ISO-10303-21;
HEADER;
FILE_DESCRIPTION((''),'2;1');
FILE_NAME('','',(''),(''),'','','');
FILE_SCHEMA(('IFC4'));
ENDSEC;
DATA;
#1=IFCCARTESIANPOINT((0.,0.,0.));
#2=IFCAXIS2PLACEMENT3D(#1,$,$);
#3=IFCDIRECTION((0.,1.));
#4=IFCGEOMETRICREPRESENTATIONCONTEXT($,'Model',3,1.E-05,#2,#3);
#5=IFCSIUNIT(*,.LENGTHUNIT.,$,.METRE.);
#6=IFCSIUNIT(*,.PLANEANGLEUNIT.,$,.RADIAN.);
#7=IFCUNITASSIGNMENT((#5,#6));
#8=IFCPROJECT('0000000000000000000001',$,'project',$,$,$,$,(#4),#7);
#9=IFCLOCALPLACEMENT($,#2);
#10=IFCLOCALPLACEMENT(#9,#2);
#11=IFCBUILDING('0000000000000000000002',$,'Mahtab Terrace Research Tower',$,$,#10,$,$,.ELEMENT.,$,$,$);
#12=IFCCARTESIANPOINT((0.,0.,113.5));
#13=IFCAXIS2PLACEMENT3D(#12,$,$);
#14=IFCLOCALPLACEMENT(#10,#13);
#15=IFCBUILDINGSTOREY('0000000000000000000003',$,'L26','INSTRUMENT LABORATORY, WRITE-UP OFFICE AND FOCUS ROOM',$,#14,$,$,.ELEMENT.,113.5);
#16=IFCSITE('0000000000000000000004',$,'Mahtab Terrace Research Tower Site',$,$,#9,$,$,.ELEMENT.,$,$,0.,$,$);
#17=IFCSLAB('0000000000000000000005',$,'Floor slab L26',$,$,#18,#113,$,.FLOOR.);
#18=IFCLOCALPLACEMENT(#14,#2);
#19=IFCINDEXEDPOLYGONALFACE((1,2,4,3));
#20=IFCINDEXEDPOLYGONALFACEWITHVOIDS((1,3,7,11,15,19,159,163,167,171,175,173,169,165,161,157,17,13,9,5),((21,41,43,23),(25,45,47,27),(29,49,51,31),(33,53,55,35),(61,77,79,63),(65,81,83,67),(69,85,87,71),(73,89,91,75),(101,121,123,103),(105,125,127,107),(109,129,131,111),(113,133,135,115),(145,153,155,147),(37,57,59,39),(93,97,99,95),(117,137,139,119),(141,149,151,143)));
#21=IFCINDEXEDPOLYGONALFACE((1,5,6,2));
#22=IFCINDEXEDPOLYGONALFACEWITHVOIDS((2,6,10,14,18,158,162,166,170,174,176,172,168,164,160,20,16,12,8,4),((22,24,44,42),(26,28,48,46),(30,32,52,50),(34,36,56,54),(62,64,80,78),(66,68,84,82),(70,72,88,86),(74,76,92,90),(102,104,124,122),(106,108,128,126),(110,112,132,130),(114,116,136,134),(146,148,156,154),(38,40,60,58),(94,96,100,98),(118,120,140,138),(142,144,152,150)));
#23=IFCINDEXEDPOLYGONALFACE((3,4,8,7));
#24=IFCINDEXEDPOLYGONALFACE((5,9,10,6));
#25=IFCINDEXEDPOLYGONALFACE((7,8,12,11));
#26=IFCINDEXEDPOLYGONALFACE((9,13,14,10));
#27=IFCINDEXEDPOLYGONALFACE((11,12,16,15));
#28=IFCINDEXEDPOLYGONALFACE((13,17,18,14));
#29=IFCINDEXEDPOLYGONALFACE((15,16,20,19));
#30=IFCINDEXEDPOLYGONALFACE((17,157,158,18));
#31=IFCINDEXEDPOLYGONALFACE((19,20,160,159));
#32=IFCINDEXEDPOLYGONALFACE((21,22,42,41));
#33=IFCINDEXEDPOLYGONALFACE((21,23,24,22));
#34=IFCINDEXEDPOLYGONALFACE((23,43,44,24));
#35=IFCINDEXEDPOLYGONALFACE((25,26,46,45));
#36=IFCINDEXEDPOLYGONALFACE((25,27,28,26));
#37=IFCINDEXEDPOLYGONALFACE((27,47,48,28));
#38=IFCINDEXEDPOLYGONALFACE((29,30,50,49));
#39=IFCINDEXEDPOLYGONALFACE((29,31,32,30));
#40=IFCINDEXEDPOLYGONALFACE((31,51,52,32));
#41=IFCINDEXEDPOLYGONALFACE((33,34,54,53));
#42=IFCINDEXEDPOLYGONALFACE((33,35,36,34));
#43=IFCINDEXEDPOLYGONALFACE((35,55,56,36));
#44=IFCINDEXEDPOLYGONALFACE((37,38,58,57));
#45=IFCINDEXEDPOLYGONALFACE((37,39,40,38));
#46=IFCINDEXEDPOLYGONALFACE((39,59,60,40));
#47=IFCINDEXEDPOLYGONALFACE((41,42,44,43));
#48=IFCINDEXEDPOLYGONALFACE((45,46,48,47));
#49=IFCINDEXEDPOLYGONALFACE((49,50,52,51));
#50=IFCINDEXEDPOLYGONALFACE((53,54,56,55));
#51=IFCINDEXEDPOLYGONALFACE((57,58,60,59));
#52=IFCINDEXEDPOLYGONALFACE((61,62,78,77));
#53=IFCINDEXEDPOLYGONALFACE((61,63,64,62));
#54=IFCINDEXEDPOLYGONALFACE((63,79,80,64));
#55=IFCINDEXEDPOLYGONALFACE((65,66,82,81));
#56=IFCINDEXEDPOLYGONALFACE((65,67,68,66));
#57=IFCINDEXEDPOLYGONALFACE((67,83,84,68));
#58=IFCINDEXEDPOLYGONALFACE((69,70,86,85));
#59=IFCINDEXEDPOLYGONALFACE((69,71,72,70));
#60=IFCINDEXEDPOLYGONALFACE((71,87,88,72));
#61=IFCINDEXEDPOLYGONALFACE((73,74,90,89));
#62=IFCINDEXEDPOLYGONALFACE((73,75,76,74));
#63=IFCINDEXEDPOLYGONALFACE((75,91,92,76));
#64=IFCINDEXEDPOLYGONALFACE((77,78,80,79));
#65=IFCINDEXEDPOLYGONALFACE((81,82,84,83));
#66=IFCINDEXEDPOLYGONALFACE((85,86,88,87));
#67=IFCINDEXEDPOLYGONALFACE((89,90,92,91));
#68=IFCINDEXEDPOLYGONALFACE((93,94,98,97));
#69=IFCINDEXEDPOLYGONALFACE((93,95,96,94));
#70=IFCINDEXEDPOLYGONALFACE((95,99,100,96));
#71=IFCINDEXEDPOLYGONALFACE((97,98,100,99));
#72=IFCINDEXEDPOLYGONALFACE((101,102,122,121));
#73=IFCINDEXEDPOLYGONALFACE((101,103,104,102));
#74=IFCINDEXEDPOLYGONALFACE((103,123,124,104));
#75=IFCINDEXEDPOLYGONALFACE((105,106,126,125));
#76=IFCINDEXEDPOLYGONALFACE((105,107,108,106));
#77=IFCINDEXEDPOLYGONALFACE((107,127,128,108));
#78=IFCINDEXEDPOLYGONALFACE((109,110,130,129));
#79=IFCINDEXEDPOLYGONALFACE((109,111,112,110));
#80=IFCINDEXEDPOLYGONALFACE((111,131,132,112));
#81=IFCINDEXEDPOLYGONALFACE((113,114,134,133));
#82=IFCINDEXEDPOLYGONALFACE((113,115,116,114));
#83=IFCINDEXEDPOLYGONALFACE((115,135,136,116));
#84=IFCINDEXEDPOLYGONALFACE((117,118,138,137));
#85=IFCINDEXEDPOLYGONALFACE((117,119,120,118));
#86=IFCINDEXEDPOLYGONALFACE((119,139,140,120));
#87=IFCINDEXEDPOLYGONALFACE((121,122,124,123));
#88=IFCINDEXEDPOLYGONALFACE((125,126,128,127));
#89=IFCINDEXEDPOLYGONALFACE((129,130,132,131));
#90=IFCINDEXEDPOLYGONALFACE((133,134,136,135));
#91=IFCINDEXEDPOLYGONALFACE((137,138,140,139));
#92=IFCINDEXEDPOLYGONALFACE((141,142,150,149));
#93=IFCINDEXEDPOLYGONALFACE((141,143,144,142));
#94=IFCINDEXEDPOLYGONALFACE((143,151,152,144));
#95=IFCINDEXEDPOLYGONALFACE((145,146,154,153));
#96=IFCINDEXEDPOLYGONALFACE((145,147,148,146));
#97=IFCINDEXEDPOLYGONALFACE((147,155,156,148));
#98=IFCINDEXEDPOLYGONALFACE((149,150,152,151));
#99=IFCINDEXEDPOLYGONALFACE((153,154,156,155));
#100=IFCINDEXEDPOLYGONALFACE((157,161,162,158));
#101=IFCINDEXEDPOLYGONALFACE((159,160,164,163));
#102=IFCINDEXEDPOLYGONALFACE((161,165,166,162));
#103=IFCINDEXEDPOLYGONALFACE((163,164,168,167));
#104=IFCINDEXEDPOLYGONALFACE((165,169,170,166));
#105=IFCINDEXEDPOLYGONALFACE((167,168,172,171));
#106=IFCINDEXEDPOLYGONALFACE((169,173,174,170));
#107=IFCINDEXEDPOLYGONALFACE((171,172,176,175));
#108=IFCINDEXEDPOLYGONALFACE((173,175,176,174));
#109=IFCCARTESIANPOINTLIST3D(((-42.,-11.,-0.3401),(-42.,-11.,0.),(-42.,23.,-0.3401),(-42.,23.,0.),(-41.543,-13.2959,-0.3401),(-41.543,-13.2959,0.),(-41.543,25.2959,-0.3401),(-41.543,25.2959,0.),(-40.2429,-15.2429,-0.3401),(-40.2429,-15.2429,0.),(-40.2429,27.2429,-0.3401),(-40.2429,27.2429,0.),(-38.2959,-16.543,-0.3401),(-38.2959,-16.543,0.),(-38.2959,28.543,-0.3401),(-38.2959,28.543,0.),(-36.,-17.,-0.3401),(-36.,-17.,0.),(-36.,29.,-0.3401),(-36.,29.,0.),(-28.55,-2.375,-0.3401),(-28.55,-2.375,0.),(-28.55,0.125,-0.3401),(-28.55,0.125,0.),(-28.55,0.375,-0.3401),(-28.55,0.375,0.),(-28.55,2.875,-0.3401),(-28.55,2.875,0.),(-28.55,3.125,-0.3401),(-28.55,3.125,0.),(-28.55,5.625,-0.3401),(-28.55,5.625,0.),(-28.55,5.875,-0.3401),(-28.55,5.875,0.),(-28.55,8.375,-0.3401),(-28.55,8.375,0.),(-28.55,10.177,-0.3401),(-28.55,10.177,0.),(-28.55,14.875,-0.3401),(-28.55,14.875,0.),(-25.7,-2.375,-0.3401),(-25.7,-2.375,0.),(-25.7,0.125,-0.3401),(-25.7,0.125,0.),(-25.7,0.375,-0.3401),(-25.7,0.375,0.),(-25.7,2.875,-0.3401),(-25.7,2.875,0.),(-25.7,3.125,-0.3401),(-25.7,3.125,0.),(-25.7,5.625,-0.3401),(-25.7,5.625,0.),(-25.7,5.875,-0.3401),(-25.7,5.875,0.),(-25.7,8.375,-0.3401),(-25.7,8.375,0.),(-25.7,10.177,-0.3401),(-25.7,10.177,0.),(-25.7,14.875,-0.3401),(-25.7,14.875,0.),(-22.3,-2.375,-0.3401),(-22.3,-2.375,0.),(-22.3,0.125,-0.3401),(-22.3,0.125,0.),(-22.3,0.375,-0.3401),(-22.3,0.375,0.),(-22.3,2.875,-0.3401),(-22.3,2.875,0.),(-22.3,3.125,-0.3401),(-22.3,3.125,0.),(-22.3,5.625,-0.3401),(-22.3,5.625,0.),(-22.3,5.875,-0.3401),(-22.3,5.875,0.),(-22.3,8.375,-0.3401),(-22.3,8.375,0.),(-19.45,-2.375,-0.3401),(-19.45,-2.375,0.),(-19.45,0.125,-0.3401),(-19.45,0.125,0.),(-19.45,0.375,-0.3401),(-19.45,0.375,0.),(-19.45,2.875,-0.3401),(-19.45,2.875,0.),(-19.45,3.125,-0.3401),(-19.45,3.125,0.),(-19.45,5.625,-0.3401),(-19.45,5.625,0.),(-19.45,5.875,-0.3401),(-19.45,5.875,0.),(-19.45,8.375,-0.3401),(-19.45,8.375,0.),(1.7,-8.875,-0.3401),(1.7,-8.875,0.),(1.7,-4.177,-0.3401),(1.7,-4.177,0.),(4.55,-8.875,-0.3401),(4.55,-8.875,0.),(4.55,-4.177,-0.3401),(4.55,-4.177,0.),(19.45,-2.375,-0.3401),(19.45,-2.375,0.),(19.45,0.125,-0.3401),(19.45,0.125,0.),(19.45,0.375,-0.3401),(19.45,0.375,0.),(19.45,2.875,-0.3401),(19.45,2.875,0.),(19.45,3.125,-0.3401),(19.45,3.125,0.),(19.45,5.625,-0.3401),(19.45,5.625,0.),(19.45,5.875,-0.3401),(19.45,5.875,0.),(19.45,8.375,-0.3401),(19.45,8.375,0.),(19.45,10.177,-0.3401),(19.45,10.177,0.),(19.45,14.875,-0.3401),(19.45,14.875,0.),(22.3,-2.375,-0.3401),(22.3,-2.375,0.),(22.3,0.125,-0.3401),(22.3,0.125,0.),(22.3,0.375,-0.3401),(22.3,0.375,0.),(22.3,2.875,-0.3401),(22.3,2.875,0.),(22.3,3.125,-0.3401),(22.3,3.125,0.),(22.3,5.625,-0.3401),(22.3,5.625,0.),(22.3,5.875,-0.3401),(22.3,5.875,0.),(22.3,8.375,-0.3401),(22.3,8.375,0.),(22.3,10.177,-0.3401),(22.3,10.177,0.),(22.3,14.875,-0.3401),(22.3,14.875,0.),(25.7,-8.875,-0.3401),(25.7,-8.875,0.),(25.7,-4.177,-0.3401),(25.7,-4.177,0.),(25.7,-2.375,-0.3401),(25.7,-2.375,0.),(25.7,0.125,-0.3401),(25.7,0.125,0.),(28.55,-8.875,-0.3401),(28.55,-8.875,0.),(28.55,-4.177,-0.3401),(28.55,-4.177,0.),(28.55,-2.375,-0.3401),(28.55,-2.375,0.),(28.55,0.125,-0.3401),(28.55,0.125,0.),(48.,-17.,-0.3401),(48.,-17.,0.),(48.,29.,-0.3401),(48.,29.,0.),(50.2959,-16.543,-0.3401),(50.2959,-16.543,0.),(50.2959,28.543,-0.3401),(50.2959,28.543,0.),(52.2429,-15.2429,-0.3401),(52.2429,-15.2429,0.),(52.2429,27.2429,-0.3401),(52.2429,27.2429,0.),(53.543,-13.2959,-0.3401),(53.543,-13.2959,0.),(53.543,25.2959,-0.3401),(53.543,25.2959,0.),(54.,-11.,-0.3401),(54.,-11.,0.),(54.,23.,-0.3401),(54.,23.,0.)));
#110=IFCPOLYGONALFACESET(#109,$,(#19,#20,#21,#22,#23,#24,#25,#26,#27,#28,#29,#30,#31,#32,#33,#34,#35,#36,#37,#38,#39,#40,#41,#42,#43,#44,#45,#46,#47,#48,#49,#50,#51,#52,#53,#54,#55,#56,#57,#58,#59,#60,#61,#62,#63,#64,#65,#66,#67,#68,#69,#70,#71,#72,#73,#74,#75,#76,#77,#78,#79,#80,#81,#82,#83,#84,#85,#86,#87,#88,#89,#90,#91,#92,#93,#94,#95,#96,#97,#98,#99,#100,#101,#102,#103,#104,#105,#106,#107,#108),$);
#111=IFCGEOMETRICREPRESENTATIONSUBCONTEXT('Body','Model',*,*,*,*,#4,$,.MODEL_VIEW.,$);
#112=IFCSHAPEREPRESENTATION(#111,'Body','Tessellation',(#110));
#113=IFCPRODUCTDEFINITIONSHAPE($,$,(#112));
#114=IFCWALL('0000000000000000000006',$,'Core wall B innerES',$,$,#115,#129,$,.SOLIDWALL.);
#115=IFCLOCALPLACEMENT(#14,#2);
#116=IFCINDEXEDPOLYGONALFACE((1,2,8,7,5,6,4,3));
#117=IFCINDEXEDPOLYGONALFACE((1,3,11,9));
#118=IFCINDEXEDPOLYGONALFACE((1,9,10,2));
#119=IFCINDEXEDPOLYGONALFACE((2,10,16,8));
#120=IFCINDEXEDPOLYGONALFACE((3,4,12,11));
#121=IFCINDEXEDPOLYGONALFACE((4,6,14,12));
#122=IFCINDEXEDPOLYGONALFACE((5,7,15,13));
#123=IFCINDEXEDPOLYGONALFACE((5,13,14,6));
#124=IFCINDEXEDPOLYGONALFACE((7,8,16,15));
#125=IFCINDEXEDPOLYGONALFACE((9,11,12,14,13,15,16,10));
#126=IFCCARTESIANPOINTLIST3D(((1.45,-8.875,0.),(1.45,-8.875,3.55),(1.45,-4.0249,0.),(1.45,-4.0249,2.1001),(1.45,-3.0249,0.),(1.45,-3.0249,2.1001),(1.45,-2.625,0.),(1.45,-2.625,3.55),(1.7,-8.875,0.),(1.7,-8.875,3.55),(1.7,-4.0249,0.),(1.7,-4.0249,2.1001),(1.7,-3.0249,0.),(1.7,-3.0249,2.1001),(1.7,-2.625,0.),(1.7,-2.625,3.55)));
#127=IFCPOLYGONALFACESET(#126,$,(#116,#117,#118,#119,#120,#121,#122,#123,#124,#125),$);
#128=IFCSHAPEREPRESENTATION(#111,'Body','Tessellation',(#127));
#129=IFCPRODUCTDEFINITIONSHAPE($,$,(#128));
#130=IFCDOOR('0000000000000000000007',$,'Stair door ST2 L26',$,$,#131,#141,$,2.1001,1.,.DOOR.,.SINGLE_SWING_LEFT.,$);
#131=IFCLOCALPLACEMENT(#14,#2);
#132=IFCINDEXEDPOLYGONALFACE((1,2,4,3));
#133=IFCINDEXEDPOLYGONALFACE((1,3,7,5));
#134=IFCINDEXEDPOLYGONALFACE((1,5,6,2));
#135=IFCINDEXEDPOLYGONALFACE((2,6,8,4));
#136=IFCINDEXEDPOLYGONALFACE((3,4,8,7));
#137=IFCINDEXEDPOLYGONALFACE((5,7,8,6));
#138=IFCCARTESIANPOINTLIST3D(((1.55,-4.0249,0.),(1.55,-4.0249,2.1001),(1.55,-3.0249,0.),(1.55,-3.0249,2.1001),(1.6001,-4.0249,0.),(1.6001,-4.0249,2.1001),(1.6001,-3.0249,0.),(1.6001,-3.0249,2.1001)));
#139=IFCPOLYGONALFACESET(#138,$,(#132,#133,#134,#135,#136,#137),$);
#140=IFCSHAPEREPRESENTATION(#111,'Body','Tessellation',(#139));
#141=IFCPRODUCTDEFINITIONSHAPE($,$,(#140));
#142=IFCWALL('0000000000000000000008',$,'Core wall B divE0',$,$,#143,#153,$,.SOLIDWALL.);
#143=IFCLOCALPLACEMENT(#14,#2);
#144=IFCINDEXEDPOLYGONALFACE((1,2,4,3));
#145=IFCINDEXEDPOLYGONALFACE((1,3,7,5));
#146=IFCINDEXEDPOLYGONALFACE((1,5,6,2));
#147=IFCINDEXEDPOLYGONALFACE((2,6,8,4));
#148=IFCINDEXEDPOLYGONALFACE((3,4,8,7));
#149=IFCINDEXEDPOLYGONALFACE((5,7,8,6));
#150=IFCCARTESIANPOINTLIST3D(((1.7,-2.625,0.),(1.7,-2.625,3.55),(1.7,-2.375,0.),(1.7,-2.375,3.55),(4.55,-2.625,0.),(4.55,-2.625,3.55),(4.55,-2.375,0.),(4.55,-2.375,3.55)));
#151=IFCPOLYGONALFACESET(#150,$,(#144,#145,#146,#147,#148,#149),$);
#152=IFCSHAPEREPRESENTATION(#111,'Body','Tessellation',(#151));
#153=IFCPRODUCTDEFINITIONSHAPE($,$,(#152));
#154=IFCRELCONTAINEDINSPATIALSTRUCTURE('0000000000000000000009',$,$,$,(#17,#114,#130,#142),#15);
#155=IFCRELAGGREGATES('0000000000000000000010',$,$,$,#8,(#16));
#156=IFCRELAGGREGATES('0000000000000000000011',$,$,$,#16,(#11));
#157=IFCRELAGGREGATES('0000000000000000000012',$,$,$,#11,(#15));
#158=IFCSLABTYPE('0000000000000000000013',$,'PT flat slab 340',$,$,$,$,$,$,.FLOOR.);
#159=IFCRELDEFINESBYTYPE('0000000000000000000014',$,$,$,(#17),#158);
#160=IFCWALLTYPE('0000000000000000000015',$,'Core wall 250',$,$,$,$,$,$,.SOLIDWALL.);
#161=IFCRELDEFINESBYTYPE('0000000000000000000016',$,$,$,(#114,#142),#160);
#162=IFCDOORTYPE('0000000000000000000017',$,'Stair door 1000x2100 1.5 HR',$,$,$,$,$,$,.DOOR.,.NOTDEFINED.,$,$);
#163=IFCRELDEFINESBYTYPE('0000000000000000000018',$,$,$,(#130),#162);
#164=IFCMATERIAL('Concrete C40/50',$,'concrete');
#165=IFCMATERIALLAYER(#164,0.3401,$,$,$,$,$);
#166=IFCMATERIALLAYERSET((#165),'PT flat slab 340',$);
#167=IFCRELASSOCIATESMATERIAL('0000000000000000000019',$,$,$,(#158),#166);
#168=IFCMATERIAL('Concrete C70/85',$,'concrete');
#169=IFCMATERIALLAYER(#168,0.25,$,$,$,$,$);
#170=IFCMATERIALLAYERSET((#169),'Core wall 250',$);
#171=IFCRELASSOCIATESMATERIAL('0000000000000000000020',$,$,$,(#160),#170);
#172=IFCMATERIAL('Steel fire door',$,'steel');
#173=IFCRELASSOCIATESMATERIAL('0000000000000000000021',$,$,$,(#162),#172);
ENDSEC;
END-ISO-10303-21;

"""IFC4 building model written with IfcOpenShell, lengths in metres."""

from ifc_helpers import new_model, si_unit, direction, frame, frame_2d, origin, place, context, subcontext, project, spatial, polyline, rectangle, outline, extrude, material, layer, layer_set, type_object, element, fill, save


model = new_model("IFC4")

# Units and contexts
model_context = context("Model", 3, precision=1e-05, world=origin(), true_north=direction((0.0, 1.0)))
body_context = subcontext(model_context, "Body", "Model", "MODEL_VIEW")
ifc_project = project(units=[si_unit("LENGTHUNIT", "METRE"), si_unit("PLANEANGLEUNIT", "RADIAN")], contexts=[model_context])

# Site, building, storey
site_placement = place(None, origin())
site = spatial("IfcSite", under=ifc_project, at=site_placement, Name="Mahtab Terrace Research Tower Site", CompositionType="ELEMENT", RefElevation=0.0)
building_placement = place(site_placement, origin())
building = spatial("IfcBuilding", under=site, at=building_placement, Name="Mahtab Terrace Research Tower", CompositionType="ELEMENT")
storey_placement = place(building_placement, frame((0.0, 0.0, 113.5)))
storey = spatial("IfcBuildingStorey", under=building, at=storey_placement, Name="L26", Description="INSTRUMENT LABORATORY, WRITE-UP OFFICE AND FOCUS ROOM", CompositionType="ELEMENT", Elevation=113.5)

# Shared definitions
ifc_material_1 = material(Name="Concrete C40/50", Category="concrete")

# Slab
ifc_layer_1 = layer(ifc_material_1, 0.3401)
ifc_layer_set_1 = layer_set([ifc_layer_1], Name="PT flat slab 340")
slab_type_1 = type_object("IfcSlabType", Name="PT flat slab 340", PredefinedType="FLOOR", material=ifc_layer_set_1)
slab_1_placement = place(storey_placement, frame((0.0, 0.0, -0.3401)))
element("IfcSlab", 1, at=slab_1_placement, inside=storey, type_object=slab_type_1, Name="Floor slab L26", PredefinedType="FLOOR", context=body_context, shape_type="SweptSolid", body=[
    extrude(outline(polyline([(53.543, 25.2959), (52.2429, 27.2429), (50.2959, 28.543), (48.0, 29.0), (-36.0, 29.0), (-38.2959, 28.543), (-40.2429, 27.2429), (-41.543, 25.2959), (-42.0, 23.0), (-42.0, -11.0), (-41.543, -13.2959), (-40.2429, -15.2429), (-38.2959, -16.543), (-36.0, -17.0), (48.0, -17.0), (50.2959, -16.543), (52.2429, -15.2429), (53.543, -13.2959), (54.0, -11.0), (54.0, 23.0), (53.543, 25.2959)]), holes=[polyline([(-28.55, -2.375), (-28.55, 0.125), (-25.7, 0.125), (-25.7, -2.375), (-28.55, -2.375)]), polyline([(-22.3, -2.375), (-22.3, 0.125), (-19.45, 0.125), (-19.45, -2.375), (-22.3, -2.375)]), polyline([(-28.55, 0.375), (-28.55, 2.875), (-25.7, 2.875), (-25.7, 0.375), (-28.55, 0.375)]), polyline([(-22.3, 0.375), (-22.3, 2.875), (-19.45, 2.875), (-19.45, 0.375), (-22.3, 0.375)]), polyline([(-28.55, 3.125), (-28.55, 5.625), (-25.7, 5.625), (-25.7, 3.125), (-28.55, 3.125)]), polyline([(-22.3, 3.125), (-22.3, 5.625), (-19.45, 5.625), (-19.45, 3.125), (-22.3, 3.125)]), polyline([(-28.55, 5.875), (-28.55, 8.375), (-25.7, 8.375), (-25.7, 5.875), (-28.55, 5.875)]), polyline([(-22.3, 5.875), (-22.3, 8.375), (-19.45, 8.375), (-19.45, 5.875), (-22.3, 5.875)]), polyline([(-28.55, 10.177), (-28.55, 14.875), (-25.7, 14.875), (-25.7, 10.177), (-28.55, 10.177)]), polyline([(1.7, -8.875), (1.7, -4.177), (4.55, -4.177), (4.55, -8.875), (1.7, -8.875)]), polyline([(25.7, -8.875), (25.7, -4.177), (28.55, -4.177), (28.55, -8.875), (25.7, -8.875)]), polyline([(19.45, -2.375), (19.45, 0.125), (22.3, 0.125), (22.3, -2.375), (19.45, -2.375)]), polyline([(25.7, -2.375), (25.7, 0.125), (28.55, 0.125), (28.55, -2.375), (25.7, -2.375)]), polyline([(19.45, 0.375), (19.45, 2.875), (22.3, 2.875), (22.3, 0.375), (19.45, 0.375)]), polyline([(19.45, 3.125), (19.45, 5.625), (22.3, 5.625), (22.3, 3.125), (19.45, 3.125)]), polyline([(19.45, 8.375), (22.3, 8.375), (22.3, 5.875), (19.45, 5.875), (19.45, 8.375)]), polyline([(19.45, 14.875), (22.3, 14.875), (22.3, 10.177), (19.45, 10.177), (19.45, 14.875)])]), origin(), (0.0, 0.0, 1.0), 0.3401),
])

# Wall, opening, door
ifc_material_2 = material(Name="Concrete C70/85", Category="concrete")
ifc_layer_2 = layer(ifc_material_2, 0.25)
ifc_layer_set_2 = layer_set([ifc_layer_2], Name="Core wall 250")
wall_type = type_object("IfcWallType", Name="Core wall 250", PredefinedType="SOLIDWALL", material=ifc_layer_set_2)
wall_1_placement = place(storey_placement, frame((1.575, -8.875, 0.0), z_axis=(0.0, 0.0, 1.0), x_axis=(0.0, 1.0, 0.0)))
wall_1 = element("IfcWall", 2, at=wall_1_placement, inside=storey, type_object=wall_type, Name="Core wall B innerES", PredefinedType="SOLIDWALL", context=body_context, shape_type="SweptSolid", body=[
    extrude(rectangle(XDim=6.25, YDim=0.25, at=frame_2d((3.125, 0.0))), origin(), (0.0, 0.0, 1.0), 3.55),
])
opening_placement = place(wall_1_placement, frame((4.8501, 0.0, 0.0)))
opening = element("IfcOpeningElement", 3, at=opening_placement, cuts=wall_1, PredefinedType="OPENING", context=body_context, shape_type="SweptSolid", body=[
    extrude(rectangle(XDim=1.0, YDim=2.1001, at=frame_2d((0.5, 1.05))), frame((0.0, 0.135, 0.0), z_axis=(0.0, -1.0, 0.0), x_axis=(1.0, 0.0, 0.0)), (0.0, 0.0, 1.0), 0.27),
])
ifc_material_3 = material(Name="Steel fire door", Category="steel")
door_type = type_object("IfcDoorType", Name="Stair door 1000x2100 1.5 HR", OperationType="NOTDEFINED", PredefinedType="DOOR", material=ifc_material_3)
door_placement = place(opening_placement, origin())
door = element("IfcDoor", 4, at=door_placement, inside=storey, type_object=door_type, Name="Stair door ST2 L26", OperationType="SINGLE_SWING_LEFT", OverallHeight=2.1001, OverallWidth=1.0, PredefinedType="DOOR", context=body_context, shape_type="SweptSolid", body=[
    extrude(rectangle(XDim=1.0, YDim=2.1001, at=frame_2d((0.5, 1.05))), frame((0.0, 0.0249, 0.0), z_axis=(0.0, -1.0, 0.0), x_axis=(1.0, 0.0, 0.0)), (0.0, 0.0, 1.0), 0.05),
])
fill(opening, door)

# Wall
wall_2_placement = place(storey_placement, frame((1.7, -2.5, 0.0), z_axis=(0.0, 0.0, 1.0), x_axis=(1.0, 0.0, 0.0)))
element("IfcWall", 5, at=wall_2_placement, inside=storey, type_object=wall_type, Name="Core wall B divE0", PredefinedType="SOLIDWALL", context=body_context, shape_type="SweptSolid", body=[
    extrude(rectangle(XDim=2.8501, YDim=0.25, at=frame_2d((1.425, 0.0))), origin(), (0.0, 0.0, 1.0), 3.55),
])

save(model, "model.ifc")
